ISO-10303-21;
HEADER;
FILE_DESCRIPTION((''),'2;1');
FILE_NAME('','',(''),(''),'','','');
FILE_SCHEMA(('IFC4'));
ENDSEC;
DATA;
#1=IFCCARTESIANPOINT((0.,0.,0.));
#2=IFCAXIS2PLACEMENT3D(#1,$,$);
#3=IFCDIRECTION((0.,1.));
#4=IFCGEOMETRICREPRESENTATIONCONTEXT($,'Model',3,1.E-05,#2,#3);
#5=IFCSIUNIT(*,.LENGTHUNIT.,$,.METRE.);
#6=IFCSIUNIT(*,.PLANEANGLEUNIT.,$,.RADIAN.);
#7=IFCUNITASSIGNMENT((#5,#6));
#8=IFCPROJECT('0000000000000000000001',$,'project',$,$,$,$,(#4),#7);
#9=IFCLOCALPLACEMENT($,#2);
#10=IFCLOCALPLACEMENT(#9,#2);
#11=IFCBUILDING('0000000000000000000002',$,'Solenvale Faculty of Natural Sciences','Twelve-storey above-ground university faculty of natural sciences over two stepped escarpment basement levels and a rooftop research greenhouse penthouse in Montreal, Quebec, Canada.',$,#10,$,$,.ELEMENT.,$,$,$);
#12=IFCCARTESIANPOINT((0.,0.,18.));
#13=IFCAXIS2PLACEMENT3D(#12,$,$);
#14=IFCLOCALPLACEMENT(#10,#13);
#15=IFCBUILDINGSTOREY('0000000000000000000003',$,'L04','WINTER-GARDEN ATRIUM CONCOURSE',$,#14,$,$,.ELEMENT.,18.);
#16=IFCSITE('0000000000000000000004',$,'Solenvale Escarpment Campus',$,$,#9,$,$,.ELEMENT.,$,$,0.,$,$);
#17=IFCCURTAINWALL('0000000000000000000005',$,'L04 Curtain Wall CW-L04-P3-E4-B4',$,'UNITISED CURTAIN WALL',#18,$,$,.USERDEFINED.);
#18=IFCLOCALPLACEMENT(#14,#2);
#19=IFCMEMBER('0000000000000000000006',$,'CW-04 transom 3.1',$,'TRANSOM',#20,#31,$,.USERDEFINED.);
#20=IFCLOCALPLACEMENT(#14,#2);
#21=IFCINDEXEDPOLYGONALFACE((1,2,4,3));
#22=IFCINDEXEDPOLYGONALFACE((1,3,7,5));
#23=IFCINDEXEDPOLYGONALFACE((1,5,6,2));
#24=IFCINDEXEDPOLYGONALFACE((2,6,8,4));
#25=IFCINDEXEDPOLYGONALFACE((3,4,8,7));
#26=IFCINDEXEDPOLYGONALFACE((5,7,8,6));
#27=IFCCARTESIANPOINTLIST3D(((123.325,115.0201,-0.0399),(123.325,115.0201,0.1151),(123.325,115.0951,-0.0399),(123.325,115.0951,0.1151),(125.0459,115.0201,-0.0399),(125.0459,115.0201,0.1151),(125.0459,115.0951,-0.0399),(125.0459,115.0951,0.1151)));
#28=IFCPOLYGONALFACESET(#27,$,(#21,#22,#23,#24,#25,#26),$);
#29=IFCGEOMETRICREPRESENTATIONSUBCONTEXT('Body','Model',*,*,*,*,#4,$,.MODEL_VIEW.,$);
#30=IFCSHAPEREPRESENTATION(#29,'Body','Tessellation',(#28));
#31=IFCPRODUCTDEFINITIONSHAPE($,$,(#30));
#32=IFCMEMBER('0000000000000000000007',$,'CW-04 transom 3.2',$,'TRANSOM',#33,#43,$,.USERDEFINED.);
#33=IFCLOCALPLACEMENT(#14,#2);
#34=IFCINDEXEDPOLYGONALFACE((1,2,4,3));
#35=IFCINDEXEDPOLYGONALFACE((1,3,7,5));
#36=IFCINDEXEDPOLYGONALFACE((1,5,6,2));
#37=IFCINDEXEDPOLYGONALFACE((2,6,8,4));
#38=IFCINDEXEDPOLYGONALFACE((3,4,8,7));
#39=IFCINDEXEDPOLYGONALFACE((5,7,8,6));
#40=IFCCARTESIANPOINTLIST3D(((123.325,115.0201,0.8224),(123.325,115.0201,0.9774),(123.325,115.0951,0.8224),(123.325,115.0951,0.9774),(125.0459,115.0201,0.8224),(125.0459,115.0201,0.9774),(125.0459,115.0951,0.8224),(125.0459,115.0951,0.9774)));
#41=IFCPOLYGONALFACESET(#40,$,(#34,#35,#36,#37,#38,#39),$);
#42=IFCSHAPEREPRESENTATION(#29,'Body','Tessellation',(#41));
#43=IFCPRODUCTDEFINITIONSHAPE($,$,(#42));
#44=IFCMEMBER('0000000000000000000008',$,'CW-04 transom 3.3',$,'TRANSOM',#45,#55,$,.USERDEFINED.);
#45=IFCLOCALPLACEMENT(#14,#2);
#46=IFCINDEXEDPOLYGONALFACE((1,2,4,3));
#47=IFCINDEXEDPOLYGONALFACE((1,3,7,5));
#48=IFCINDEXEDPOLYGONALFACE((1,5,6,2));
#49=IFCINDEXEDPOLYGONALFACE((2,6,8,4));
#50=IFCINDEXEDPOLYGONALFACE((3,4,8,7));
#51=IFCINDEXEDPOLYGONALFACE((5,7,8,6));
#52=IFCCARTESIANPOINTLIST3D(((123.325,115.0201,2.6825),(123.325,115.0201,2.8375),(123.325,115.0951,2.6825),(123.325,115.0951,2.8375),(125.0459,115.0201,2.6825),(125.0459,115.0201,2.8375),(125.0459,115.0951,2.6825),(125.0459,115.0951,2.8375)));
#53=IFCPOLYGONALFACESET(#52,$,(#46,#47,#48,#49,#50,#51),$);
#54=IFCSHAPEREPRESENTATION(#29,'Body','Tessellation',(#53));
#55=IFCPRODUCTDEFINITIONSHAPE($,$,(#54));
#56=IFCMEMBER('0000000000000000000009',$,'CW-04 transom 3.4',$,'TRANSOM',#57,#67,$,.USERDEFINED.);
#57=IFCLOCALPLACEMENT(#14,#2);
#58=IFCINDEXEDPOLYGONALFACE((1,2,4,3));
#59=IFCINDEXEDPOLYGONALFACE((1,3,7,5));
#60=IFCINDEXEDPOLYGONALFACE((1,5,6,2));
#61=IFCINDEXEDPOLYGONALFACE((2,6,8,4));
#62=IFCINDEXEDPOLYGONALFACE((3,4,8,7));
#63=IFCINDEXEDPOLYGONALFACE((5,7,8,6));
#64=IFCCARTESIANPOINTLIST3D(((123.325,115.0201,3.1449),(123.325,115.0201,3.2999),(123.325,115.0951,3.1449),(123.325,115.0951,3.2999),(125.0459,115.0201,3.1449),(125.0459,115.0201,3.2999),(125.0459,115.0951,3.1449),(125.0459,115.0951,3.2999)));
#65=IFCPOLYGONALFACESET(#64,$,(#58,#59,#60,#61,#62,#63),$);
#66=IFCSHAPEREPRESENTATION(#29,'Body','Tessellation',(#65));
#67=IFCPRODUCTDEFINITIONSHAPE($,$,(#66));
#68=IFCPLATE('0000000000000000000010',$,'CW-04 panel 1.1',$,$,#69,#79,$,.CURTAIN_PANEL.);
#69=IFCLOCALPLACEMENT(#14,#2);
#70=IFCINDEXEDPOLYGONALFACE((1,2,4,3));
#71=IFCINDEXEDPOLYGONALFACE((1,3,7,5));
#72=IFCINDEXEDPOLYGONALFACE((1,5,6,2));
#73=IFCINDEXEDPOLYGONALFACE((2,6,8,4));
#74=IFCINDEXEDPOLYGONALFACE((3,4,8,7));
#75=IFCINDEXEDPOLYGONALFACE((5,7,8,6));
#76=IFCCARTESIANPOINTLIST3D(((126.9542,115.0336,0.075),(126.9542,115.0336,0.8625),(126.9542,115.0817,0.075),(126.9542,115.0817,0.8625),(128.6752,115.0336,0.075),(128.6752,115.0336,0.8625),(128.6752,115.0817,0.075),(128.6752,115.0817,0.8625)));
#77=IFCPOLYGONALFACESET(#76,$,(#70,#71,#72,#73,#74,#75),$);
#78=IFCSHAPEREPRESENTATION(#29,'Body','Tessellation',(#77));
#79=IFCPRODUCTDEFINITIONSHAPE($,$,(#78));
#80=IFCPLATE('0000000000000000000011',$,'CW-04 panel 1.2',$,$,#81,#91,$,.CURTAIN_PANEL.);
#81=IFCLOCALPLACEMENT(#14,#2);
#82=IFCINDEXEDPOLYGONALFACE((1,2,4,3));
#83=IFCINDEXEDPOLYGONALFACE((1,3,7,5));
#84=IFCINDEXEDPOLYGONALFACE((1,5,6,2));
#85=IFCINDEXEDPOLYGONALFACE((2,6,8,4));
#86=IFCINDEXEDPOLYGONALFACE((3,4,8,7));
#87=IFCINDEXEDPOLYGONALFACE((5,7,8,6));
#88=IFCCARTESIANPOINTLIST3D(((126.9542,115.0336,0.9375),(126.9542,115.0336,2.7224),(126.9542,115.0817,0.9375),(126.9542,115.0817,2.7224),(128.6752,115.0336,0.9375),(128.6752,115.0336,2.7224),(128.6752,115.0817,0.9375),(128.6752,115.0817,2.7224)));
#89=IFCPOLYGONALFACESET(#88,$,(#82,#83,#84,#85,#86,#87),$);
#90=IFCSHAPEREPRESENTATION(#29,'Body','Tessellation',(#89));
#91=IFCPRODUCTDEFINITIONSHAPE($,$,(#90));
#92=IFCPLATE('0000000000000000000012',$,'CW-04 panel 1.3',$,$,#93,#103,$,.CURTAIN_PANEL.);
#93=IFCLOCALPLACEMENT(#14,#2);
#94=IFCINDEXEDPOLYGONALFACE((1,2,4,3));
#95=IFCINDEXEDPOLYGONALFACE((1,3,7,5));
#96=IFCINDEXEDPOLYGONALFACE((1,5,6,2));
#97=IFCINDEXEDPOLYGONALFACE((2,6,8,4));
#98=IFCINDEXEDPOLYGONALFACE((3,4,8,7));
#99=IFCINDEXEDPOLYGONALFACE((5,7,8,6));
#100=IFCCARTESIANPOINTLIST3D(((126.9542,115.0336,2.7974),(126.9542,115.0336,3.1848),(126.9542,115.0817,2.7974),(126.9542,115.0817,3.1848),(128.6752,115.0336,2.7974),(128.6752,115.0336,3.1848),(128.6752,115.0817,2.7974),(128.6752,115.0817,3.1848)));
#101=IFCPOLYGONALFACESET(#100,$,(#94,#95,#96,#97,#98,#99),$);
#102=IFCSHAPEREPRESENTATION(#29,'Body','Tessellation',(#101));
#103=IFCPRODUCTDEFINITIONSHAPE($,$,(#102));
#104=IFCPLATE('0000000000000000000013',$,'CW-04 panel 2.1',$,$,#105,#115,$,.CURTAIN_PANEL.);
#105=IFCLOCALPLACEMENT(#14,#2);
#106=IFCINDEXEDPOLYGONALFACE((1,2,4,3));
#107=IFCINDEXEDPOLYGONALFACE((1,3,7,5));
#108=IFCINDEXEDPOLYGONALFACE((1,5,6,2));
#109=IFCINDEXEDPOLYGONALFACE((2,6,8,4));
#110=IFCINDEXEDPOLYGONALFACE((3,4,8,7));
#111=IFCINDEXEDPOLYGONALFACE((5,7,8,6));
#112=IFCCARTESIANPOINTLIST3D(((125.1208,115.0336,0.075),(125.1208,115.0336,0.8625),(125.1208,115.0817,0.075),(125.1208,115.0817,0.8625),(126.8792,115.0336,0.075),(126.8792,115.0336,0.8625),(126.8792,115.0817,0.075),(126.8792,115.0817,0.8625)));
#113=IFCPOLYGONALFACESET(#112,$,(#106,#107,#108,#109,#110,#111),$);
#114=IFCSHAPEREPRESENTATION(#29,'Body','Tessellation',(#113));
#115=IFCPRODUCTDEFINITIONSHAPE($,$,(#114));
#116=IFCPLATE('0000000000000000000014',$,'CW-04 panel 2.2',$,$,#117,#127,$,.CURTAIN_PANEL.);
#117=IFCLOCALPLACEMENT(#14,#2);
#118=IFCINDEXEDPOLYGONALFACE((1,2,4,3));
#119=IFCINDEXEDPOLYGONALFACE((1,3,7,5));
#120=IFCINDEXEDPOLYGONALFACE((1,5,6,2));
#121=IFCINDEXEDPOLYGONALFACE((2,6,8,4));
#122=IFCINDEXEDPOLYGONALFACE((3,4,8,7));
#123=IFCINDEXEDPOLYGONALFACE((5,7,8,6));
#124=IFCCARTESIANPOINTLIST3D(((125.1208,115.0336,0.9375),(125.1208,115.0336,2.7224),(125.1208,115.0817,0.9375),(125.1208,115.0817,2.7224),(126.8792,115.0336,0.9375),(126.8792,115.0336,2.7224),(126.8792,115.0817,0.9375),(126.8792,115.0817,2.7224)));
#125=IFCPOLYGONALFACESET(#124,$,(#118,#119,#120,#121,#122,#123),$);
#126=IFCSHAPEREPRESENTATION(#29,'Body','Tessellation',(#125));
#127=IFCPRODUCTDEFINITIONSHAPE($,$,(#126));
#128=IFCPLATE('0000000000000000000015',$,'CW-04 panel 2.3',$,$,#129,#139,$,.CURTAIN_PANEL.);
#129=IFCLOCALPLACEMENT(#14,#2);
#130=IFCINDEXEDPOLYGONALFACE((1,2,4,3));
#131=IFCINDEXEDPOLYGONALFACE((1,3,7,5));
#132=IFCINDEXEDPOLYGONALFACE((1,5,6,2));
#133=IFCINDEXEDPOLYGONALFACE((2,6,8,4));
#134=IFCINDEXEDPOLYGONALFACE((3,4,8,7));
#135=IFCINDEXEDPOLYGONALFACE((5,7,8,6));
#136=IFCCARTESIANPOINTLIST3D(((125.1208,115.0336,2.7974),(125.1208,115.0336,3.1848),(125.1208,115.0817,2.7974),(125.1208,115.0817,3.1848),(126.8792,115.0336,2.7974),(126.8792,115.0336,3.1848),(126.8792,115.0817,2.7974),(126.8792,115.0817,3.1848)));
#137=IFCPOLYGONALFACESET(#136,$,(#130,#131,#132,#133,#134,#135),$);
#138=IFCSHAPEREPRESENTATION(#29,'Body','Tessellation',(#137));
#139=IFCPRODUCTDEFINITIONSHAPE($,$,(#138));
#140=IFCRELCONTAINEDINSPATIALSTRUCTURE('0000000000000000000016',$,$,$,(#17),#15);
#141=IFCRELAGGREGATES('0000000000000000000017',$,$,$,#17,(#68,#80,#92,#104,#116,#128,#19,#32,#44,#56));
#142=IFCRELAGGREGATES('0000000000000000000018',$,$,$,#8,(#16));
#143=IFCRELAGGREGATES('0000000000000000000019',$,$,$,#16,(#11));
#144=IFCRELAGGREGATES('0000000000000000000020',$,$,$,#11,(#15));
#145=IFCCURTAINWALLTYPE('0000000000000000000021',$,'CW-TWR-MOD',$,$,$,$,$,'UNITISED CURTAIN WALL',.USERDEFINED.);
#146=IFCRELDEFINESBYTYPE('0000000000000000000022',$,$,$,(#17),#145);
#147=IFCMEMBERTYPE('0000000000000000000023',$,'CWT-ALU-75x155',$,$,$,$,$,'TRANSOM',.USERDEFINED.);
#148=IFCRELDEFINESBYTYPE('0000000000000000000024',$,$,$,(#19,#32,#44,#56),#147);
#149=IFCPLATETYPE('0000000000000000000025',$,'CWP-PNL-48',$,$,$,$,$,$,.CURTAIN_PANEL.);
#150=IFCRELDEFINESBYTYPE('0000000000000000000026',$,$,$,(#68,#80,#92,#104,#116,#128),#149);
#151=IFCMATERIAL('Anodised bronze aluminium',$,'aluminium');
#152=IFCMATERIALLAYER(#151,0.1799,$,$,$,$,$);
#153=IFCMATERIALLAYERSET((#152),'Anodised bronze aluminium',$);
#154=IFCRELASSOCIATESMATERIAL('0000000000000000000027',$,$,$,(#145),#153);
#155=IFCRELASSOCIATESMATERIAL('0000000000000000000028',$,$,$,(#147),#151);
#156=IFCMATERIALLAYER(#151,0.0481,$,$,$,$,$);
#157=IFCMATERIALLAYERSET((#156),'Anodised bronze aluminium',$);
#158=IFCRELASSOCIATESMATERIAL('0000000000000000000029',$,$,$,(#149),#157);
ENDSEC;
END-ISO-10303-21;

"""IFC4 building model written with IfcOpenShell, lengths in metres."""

from ifc_helpers import new_model, si_unit, direction, frame, origin, origin_2d, place, context, subcontext, project, spatial, rectangle, extrude, material, layer, layer_set, material_profile, profile_set, type_object, element, aggregate, save


model = new_model("IFC4")

# Units and contexts
model_context = context("Model", 3, precision=1e-05, world=origin(), true_north=direction((0.0, 1.0)))
body_context = subcontext(model_context, "Body", "Model", "MODEL_VIEW")
ifc_project = project(units=[si_unit("LENGTHUNIT", "METRE"), si_unit("PLANEANGLEUNIT", "RADIAN")], contexts=[model_context])

# Site, building, storey
site_placement = place(None, origin())
site = spatial("IfcSite", under=ifc_project, at=site_placement, Name="Solenvale Escarpment Campus", CompositionType="ELEMENT", RefElevation=0.0)
building_placement = place(site_placement, origin())
building = spatial("IfcBuilding", under=site, at=building_placement, Name="Solenvale Faculty of Natural Sciences", Description="Twelve-storey above-ground university faculty of natural sciences over two stepped escarpment basement levels and a rooftop research greenhouse penthouse in Montreal, Quebec, Canada.", CompositionType="ELEMENT")
storey_placement = place(building_placement, frame((0.0, 0.0, 18.0)))
storey = spatial("IfcBuildingStorey", under=building, at=storey_placement, Name="L04", Description="WINTER-GARDEN ATRIUM CONCOURSE", CompositionType="ELEMENT", Elevation=18.0)

# Curtain wall, members, plates
ifc_material_1 = material(Name="Anodised bronze aluminium", Category="aluminium")
ifc_layer_1 = layer(ifc_material_1, 0.1799)
ifc_layer_set_1 = layer_set([ifc_layer_1], Name="Anodised bronze aluminium")
curtain_wall_type = type_object("IfcCurtainWallType", Name="CW-TWR-MOD", ElementType="UNITISED CURTAIN WALL", PredefinedType="USERDEFINED", material=ifc_layer_set_1)
curtain_wall_placement = place(storey_placement, origin())
curtain_wall = element("IfcCurtainWall", 1, at=curtain_wall_placement, inside=storey, type_object=curtain_wall_type, Name="L04 Curtain Wall CW-L04-P3-E4-B4", ObjectType="UNITISED CURTAIN WALL", PredefinedType="USERDEFINED")
ifc_material_profile_1 = material_profile(ifc_material_1, rectangle(XDim=0.075, YDim=0.155, at=origin_2d()), Name="ALU-TRN-75x155")
ifc_profile_set_1 = profile_set([ifc_material_profile_1], Name="Anodised bronze aluminium")
member_type_1 = type_object("IfcMemberType", Name="CWT-ALU-75x155", ElementType="TRANSOM", PredefinedType="USERDEFINED", material=ifc_profile_set_1)
member_1_placement = place(storey_placement, frame((125.0459, 115.0576, 0.0376), z_axis=(-1.0, 0.0, 0.0), x_axis=(0.0, -1.0, 0.0)))
member_1 = element("IfcMember", 2, at=member_1_placement, type_object=member_type_1, Name="CW-04 transom 3.1", ObjectType="TRANSOM", PredefinedType="USERDEFINED", context=body_context, shape_type="SweptSolid", body=[
    extrude(rectangle(XDim=0.075, YDim=0.155, at=origin_2d()), origin(), (0.0, 0.0, 1.0), 1.7209),
])
member_2_placement = place(storey_placement, frame((125.0459, 115.0576, 0.8999), z_axis=(-1.0, 0.0, 0.0), x_axis=(0.0, -1.0, 0.0)))
member_2 = element("IfcMember", 3, at=member_2_placement, type_object=member_type_1, Name="CW-04 transom 3.2", ObjectType="TRANSOM", PredefinedType="USERDEFINED", context=body_context, shape_type="SweptSolid", body=[
    extrude(rectangle(XDim=0.075, YDim=0.155, at=origin_2d()), origin(), (0.0, 0.0, 1.0), 1.7209),
])
member_3_placement = place(storey_placement, frame((125.0459, 115.0576, 2.76), z_axis=(-1.0, 0.0, 0.0), x_axis=(0.0, -1.0, 0.0)))
member_3 = element("IfcMember", 4, at=member_3_placement, type_object=member_type_1, Name="CW-04 transom 3.3", ObjectType="TRANSOM", PredefinedType="USERDEFINED", context=body_context, shape_type="SweptSolid", body=[
    extrude(rectangle(XDim=0.075, YDim=0.155, at=origin_2d()), origin(), (0.0, 0.0, 1.0), 1.7209),
])
member_4_placement = place(storey_placement, frame((125.0459, 115.0576, 3.2224), z_axis=(-1.0, 0.0, 0.0), x_axis=(0.0, -1.0, 0.0)))
member_4 = element("IfcMember", 5, at=member_4_placement, type_object=member_type_1, Name="CW-04 transom 3.4", ObjectType="TRANSOM", PredefinedType="USERDEFINED", context=body_context, shape_type="SweptSolid", body=[
    extrude(rectangle(XDim=0.075, YDim=0.155, at=origin_2d()), origin(), (0.0, 0.0, 1.0), 1.7209),
])
ifc_layer_2 = layer(ifc_material_1, 0.0481)
ifc_layer_set_2 = layer_set([ifc_layer_2], Name="Anodised bronze aluminium")
plate_type = type_object("IfcPlateType", Name="CWP-PNL-48", PredefinedType="CURTAIN_PANEL", material=ifc_layer_set_2)
plate_1_placement = place(storey_placement, frame((127.8147, 115.0576, 0.075), z_axis=(0.0, 0.0, 1.0), x_axis=(-1.0, 0.0, 0.0)))
plate_1 = element("IfcPlate", 6, at=plate_1_placement, type_object=plate_type, Name="CW-04 panel 1.1", PredefinedType="CURTAIN_PANEL", context=body_context, shape_type="SweptSolid", body=[
    extrude(rectangle(XDim=1.7209, YDim=0.0481, at=origin_2d()), origin(), (0.0, 0.0, 1.0), 0.7876),
])
plate_2_placement = place(storey_placement, frame((127.8147, 115.0576, 0.9375), z_axis=(0.0, 0.0, 1.0), x_axis=(-1.0, 0.0, 0.0)))
plate_2 = element("IfcPlate", 7, at=plate_2_placement, type_object=plate_type, Name="CW-04 panel 1.2", PredefinedType="CURTAIN_PANEL", context=body_context, shape_type="SweptSolid", body=[
    extrude(rectangle(XDim=1.7209, YDim=0.0481, at=origin_2d()), origin(), (0.0, 0.0, 1.0), 1.7849),
])
plate_3_placement = place(storey_placement, frame((127.8147, 115.0576, 2.7974), z_axis=(0.0, 0.0, 1.0), x_axis=(-1.0, 0.0, 0.0)))
plate_3 = element("IfcPlate", 8, at=plate_3_placement, type_object=plate_type, Name="CW-04 panel 1.3", PredefinedType="CURTAIN_PANEL", context=body_context, shape_type="SweptSolid", body=[
    extrude(rectangle(XDim=1.7209, YDim=0.0481, at=origin_2d()), origin(), (0.0, 0.0, 1.0), 0.3875),
])
plate_4_placement = place(storey_placement, frame((126.0, 115.0576, 0.075), z_axis=(0.0, 0.0, 1.0), x_axis=(-1.0, 0.0, 0.0)))
plate_4 = element("IfcPlate", 9, at=plate_4_placement, type_object=plate_type, Name="CW-04 panel 2.1", PredefinedType="CURTAIN_PANEL", context=body_context, shape_type="SweptSolid", body=[
    extrude(rectangle(XDim=1.7583, YDim=0.0481, at=origin_2d()), origin(), (0.0, 0.0, 1.0), 0.7876),
])
plate_5_placement = place(storey_placement, frame((126.0, 115.0576, 0.9375), z_axis=(0.0, 0.0, 1.0), x_axis=(-1.0, 0.0, 0.0)))
plate_5 = element("IfcPlate", 10, at=plate_5_placement, type_object=plate_type, Name="CW-04 panel 2.2", PredefinedType="CURTAIN_PANEL", context=body_context, shape_type="SweptSolid", body=[
    extrude(rectangle(XDim=1.7583, YDim=0.0481, at=origin_2d()), origin(), (0.0, 0.0, 1.0), 1.7849),
])
plate_6_placement = place(storey_placement, frame((126.0, 115.0576, 2.7974), z_axis=(0.0, 0.0, 1.0), x_axis=(-1.0, 0.0, 0.0)))
plate_6 = element("IfcPlate", 11, at=plate_6_placement, type_object=plate_type, Name="CW-04 panel 2.3", PredefinedType="CURTAIN_PANEL", context=body_context, shape_type="SweptSolid", body=[
    extrude(rectangle(XDim=1.7583, YDim=0.0481, at=origin_2d()), origin(), (0.0, 0.0, 1.0), 0.3875),
])
aggregate(curtain_wall, [plate_1, plate_2, plate_3, plate_4, plate_5, plate_6, member_1, member_2, member_3, member_4])

save(model, "model.ifc")
